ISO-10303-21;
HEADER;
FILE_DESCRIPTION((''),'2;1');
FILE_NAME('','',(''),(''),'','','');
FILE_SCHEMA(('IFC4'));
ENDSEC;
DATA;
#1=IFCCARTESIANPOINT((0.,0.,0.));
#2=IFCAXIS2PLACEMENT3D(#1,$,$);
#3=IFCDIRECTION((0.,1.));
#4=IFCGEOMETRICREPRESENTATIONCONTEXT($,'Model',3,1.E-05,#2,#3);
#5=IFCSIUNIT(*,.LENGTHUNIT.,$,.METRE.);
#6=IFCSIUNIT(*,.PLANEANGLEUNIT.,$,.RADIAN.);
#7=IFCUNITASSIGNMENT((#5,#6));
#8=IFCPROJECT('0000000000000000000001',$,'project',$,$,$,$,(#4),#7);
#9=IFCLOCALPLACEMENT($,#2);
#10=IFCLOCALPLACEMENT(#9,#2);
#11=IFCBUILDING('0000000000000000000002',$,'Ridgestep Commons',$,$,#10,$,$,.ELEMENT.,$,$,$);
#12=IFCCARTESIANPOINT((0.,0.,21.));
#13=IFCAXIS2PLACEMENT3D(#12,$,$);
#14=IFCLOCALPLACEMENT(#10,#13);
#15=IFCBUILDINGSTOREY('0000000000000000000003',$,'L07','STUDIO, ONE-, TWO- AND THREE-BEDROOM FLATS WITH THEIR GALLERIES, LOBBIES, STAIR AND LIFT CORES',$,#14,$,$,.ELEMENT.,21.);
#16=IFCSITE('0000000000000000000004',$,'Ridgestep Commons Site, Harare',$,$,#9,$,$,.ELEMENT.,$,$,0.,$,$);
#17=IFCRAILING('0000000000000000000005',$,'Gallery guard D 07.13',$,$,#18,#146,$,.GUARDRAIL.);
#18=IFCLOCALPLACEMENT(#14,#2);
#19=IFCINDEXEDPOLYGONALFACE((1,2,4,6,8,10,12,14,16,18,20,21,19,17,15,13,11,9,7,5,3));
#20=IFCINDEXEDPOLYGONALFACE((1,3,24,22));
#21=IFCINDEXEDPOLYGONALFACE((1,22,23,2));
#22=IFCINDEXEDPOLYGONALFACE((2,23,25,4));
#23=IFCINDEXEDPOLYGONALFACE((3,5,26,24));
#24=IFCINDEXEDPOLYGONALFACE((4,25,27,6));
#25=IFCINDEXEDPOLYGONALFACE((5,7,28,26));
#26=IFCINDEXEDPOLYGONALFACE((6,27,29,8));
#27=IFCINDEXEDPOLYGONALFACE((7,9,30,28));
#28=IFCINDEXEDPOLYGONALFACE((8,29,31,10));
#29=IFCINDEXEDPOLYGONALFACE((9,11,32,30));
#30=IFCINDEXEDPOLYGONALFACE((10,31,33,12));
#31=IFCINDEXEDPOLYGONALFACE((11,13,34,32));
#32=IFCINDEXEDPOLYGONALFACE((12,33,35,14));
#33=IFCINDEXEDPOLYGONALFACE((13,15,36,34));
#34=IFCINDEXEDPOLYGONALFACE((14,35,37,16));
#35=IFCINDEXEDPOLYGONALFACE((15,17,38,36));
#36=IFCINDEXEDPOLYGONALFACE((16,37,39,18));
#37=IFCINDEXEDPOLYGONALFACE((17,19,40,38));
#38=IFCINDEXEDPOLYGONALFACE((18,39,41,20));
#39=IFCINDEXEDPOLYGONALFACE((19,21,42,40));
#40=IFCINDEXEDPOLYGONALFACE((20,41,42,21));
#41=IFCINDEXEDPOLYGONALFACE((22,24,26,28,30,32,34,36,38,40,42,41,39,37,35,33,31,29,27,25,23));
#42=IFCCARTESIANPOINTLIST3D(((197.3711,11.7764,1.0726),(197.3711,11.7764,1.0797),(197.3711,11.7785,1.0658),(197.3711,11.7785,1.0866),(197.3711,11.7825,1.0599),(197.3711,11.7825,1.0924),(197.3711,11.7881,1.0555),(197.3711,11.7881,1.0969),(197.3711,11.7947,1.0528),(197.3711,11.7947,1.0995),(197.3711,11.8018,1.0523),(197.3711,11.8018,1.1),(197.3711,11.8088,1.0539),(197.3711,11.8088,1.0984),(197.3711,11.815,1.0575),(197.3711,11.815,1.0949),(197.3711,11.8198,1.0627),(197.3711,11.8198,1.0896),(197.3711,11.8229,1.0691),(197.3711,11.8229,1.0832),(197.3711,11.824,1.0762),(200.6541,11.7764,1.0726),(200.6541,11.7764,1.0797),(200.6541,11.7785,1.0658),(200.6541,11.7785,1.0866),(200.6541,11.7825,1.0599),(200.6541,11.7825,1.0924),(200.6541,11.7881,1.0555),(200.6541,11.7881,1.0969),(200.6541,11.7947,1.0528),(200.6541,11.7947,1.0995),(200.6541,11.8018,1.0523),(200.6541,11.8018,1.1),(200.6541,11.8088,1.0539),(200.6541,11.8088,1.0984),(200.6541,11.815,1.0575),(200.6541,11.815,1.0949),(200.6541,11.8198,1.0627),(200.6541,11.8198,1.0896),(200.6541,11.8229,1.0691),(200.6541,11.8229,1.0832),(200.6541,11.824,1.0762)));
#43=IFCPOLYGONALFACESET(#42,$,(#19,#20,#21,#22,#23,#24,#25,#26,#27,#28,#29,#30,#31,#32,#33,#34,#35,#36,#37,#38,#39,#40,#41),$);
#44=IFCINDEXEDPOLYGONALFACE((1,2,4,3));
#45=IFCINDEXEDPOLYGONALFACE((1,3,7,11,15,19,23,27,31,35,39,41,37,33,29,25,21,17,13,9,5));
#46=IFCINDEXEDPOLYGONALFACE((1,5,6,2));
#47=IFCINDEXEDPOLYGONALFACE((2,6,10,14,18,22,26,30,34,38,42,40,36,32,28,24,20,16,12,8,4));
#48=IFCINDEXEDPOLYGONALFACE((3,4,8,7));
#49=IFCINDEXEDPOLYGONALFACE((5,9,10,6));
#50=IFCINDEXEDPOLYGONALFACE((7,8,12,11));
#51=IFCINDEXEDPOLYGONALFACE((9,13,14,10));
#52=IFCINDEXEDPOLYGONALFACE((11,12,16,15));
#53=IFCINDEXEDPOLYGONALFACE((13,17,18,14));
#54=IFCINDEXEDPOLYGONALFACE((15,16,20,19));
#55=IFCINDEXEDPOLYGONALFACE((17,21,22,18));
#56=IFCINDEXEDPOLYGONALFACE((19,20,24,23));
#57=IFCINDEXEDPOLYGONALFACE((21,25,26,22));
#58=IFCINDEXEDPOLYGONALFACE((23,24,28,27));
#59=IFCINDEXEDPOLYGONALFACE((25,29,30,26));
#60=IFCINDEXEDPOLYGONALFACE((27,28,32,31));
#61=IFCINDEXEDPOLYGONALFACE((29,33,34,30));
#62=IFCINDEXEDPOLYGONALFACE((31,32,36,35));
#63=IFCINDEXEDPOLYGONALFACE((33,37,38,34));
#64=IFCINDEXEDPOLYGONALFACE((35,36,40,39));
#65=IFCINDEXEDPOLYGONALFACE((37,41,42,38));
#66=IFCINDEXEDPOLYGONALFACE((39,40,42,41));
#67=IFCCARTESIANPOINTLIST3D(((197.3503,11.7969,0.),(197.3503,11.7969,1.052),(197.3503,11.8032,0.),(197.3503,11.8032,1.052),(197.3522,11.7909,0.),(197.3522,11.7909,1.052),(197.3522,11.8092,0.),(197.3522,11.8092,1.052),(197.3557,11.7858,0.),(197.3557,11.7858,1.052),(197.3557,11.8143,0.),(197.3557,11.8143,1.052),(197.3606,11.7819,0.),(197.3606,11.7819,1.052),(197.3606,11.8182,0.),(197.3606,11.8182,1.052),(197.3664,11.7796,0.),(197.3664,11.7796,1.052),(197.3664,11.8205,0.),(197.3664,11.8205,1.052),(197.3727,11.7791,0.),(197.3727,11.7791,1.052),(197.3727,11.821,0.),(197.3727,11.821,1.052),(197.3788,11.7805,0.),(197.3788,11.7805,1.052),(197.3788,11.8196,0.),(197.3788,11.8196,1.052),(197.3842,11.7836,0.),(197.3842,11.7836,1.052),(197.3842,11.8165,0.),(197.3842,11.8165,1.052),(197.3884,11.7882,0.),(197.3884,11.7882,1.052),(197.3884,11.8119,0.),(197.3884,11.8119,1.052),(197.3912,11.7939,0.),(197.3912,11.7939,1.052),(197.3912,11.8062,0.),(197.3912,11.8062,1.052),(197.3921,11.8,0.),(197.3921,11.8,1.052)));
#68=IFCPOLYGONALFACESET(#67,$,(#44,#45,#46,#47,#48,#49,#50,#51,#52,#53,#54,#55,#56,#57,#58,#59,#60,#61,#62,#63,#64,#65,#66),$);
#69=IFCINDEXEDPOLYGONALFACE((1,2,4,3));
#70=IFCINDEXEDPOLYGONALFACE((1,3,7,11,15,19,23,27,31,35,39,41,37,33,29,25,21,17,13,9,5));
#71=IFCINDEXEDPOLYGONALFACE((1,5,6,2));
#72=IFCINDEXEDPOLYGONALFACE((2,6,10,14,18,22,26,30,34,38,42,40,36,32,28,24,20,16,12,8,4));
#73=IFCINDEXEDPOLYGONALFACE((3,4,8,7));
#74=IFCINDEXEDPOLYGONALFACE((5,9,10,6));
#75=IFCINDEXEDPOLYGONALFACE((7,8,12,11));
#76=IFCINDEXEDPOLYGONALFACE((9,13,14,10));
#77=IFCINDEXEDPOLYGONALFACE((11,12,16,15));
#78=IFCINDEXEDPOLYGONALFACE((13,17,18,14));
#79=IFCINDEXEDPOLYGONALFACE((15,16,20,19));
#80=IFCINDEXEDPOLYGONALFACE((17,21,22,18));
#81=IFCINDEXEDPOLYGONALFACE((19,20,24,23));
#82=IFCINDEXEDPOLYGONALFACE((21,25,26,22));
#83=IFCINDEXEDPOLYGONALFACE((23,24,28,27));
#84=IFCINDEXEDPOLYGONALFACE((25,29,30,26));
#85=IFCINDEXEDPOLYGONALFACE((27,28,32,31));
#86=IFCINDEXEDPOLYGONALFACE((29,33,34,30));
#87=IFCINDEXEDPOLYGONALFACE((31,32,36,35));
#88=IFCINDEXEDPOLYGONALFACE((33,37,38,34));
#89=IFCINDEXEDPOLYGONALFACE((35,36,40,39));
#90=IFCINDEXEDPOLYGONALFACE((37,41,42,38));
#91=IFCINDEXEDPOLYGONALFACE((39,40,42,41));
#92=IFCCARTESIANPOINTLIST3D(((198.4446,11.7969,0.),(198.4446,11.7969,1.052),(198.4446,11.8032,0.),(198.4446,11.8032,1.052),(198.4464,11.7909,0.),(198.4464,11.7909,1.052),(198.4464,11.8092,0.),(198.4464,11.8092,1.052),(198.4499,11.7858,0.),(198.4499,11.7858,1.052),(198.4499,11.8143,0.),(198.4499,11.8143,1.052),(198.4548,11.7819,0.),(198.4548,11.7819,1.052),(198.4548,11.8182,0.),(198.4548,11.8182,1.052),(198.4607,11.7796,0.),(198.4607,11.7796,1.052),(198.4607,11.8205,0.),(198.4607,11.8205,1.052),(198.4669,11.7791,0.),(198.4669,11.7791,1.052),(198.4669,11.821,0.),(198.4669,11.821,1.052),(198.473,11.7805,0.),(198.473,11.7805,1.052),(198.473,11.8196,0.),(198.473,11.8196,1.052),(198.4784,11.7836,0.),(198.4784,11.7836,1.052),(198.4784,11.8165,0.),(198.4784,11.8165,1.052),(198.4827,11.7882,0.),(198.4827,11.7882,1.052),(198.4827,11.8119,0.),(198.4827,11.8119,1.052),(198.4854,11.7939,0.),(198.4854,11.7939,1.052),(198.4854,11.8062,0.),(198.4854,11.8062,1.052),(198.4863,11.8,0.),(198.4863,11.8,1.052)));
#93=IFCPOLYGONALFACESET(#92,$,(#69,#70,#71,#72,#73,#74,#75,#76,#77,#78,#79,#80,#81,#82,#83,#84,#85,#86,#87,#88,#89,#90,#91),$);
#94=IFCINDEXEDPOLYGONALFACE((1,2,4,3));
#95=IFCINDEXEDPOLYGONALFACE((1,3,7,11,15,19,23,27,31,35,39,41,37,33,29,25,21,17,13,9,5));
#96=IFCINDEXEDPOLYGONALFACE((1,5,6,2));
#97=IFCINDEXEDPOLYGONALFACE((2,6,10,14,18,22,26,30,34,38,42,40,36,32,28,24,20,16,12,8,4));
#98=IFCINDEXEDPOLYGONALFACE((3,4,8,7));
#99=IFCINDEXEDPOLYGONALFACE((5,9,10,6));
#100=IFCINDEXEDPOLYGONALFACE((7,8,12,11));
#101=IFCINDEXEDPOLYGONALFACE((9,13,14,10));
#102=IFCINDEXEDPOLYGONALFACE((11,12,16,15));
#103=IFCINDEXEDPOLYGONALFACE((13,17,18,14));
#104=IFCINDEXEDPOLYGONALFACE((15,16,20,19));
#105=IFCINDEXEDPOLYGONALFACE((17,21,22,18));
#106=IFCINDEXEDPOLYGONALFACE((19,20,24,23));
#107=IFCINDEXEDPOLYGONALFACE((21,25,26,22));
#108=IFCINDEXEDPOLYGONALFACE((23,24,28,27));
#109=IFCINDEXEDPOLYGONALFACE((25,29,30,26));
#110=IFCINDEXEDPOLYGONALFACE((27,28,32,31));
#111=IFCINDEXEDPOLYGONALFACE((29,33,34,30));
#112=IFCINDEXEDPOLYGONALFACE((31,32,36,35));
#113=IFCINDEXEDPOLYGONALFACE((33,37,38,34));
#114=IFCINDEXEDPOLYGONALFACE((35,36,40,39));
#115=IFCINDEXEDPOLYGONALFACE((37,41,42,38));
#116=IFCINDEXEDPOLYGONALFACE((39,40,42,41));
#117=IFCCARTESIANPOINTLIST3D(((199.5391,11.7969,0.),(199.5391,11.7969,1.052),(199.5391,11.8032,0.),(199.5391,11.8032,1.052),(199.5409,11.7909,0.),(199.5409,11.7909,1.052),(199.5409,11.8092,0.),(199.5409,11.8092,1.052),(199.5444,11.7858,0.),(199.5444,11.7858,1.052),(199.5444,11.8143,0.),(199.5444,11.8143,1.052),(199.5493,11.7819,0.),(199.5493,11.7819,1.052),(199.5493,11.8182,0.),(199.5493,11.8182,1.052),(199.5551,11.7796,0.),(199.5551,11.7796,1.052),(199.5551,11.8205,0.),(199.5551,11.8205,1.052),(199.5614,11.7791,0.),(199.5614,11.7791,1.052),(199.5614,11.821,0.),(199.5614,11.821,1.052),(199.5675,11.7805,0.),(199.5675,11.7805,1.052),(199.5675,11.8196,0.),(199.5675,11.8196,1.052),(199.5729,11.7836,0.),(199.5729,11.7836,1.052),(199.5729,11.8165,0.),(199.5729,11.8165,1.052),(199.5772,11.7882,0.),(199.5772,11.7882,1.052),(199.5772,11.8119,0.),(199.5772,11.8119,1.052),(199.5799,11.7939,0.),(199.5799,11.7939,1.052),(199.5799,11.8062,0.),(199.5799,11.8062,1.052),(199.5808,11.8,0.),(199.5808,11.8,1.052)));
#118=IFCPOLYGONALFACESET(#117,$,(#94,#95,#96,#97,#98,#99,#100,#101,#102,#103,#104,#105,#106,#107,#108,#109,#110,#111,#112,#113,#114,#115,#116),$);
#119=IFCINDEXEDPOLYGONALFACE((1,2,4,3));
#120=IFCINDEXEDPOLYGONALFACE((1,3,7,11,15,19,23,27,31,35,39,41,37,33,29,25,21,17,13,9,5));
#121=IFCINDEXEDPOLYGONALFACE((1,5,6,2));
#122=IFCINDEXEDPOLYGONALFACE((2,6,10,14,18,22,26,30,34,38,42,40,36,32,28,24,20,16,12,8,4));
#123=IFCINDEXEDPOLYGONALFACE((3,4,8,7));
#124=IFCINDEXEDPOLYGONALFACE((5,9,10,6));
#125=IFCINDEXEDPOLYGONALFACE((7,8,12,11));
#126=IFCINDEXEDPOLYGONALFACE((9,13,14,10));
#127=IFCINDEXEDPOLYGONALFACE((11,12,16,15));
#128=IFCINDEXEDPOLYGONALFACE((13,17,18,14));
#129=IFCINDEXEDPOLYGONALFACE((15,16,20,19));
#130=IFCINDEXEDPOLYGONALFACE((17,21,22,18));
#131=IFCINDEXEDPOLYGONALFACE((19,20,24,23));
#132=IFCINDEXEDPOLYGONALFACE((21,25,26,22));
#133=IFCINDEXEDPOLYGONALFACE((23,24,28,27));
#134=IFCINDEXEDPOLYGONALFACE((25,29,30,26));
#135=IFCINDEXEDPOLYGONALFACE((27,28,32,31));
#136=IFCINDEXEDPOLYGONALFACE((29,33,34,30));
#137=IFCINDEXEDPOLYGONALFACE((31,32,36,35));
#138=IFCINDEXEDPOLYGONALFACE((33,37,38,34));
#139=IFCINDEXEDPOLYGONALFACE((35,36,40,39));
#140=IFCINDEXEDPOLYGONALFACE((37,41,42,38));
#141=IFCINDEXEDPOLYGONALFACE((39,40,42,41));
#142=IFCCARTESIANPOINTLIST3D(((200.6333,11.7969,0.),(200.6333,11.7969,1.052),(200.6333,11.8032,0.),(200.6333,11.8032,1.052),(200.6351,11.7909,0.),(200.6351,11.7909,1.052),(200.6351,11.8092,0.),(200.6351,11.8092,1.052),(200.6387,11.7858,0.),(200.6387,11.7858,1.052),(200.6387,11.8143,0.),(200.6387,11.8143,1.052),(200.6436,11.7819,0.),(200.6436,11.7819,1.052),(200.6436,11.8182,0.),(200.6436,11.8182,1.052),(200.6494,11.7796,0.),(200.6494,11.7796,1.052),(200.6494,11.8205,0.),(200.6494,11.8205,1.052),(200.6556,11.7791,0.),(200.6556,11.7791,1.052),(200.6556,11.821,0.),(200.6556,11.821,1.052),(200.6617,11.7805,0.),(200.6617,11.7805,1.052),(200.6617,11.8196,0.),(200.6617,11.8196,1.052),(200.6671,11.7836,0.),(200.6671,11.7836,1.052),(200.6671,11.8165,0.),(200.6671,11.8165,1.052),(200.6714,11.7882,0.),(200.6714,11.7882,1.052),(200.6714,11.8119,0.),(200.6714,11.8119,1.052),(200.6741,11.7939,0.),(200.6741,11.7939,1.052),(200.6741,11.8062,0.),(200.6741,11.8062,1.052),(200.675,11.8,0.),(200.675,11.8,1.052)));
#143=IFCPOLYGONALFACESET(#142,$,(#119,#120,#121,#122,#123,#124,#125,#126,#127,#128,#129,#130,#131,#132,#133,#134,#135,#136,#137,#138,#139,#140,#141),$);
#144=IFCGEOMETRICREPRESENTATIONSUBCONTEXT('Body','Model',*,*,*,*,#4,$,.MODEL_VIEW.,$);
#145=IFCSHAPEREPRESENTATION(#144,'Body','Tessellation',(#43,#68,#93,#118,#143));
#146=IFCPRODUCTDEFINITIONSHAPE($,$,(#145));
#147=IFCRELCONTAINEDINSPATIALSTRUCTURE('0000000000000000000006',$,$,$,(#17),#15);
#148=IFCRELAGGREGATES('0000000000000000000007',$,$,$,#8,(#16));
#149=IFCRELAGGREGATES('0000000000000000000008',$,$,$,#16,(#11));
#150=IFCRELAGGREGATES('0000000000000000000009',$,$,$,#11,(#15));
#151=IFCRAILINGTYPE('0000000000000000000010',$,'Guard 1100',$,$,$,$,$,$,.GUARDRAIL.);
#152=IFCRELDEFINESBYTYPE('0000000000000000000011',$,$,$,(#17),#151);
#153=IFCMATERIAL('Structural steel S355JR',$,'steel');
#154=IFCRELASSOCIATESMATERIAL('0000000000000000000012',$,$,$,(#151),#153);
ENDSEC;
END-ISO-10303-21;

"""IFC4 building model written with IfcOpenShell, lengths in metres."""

from ifc_helpers import new_model, si_unit, direction, frame, origin, origin_2d, place, context, subcontext, project, spatial, circle, extrude, material, type_object, element, save


model = new_model("IFC4")

# Units and contexts
model_context = context("Model", 3, precision=1e-05, world=origin(), true_north=direction((0.0, 1.0)))
body_context = subcontext(model_context, "Body", "Model", "MODEL_VIEW")
ifc_project = project(units=[si_unit("LENGTHUNIT", "METRE"), si_unit("PLANEANGLEUNIT", "RADIAN")], contexts=[model_context])

# Site, building, storey
site_placement = place(None, origin())
site = spatial("IfcSite", under=ifc_project, at=site_placement, Name="Ridgestep Commons Site, Harare", CompositionType="ELEMENT", RefElevation=0.0)
building_placement = place(site_placement, origin())
building = spatial("IfcBuilding", under=site, at=building_placement, Name="Ridgestep Commons", CompositionType="ELEMENT")
storey_placement = place(building_placement, frame((0.0, 0.0, 21.0)))
storey = spatial("IfcBuildingStorey", under=building, at=storey_placement, Name="L07", Description="STUDIO, ONE-, TWO- AND THREE-BEDROOM FLATS WITH THEIR GALLERIES, LOBBIES, STAIR AND LIFT CORES", CompositionType="ELEMENT", Elevation=21.0)

# Railing
ifc_material_1 = material(Name="Structural steel S355JR", Category="steel")
railing_type = type_object("IfcRailingType", Name="Guard 1100", PredefinedType="GUARDRAIL", material=ifc_material_1)
railing_1_placement = place(storey_placement, frame((197.3711, 11.8, 0.0)))
element("IfcRailing", 1, at=railing_1_placement, inside=storey, type_object=railing_type, Name="Gallery guard D 07.13", PredefinedType="GUARDRAIL", context=body_context, shape_type="SweptSolid", body=[
    extrude(circle(Radius=0.0239, at=origin_2d()), frame((0.0, 0.0, 1.0762), z_axis=(1.0, 0.0, 0.0), x_axis=(0.0, 1.0, 0.0)), (0.0, 0.0, 1.0), 3.283),
    extrude(circle(Radius=0.021, at=origin_2d()), origin(), (0.0, 0.0, 1.0), 1.052),
    extrude(circle(Radius=0.021, at=origin_2d()), frame((1.0942, 0.0, 0.0)), (0.0, 0.0, 1.0), 1.052),
    extrude(circle(Radius=0.021, at=origin_2d()), frame((2.1887, 0.0, 0.0)), (0.0, 0.0, 1.0), 1.052),
    extrude(circle(Radius=0.021, at=origin_2d()), frame((3.283, 0.0, 0.0)), (0.0, 0.0, 1.0), 1.052),
])

save(model, "model.ifc")
